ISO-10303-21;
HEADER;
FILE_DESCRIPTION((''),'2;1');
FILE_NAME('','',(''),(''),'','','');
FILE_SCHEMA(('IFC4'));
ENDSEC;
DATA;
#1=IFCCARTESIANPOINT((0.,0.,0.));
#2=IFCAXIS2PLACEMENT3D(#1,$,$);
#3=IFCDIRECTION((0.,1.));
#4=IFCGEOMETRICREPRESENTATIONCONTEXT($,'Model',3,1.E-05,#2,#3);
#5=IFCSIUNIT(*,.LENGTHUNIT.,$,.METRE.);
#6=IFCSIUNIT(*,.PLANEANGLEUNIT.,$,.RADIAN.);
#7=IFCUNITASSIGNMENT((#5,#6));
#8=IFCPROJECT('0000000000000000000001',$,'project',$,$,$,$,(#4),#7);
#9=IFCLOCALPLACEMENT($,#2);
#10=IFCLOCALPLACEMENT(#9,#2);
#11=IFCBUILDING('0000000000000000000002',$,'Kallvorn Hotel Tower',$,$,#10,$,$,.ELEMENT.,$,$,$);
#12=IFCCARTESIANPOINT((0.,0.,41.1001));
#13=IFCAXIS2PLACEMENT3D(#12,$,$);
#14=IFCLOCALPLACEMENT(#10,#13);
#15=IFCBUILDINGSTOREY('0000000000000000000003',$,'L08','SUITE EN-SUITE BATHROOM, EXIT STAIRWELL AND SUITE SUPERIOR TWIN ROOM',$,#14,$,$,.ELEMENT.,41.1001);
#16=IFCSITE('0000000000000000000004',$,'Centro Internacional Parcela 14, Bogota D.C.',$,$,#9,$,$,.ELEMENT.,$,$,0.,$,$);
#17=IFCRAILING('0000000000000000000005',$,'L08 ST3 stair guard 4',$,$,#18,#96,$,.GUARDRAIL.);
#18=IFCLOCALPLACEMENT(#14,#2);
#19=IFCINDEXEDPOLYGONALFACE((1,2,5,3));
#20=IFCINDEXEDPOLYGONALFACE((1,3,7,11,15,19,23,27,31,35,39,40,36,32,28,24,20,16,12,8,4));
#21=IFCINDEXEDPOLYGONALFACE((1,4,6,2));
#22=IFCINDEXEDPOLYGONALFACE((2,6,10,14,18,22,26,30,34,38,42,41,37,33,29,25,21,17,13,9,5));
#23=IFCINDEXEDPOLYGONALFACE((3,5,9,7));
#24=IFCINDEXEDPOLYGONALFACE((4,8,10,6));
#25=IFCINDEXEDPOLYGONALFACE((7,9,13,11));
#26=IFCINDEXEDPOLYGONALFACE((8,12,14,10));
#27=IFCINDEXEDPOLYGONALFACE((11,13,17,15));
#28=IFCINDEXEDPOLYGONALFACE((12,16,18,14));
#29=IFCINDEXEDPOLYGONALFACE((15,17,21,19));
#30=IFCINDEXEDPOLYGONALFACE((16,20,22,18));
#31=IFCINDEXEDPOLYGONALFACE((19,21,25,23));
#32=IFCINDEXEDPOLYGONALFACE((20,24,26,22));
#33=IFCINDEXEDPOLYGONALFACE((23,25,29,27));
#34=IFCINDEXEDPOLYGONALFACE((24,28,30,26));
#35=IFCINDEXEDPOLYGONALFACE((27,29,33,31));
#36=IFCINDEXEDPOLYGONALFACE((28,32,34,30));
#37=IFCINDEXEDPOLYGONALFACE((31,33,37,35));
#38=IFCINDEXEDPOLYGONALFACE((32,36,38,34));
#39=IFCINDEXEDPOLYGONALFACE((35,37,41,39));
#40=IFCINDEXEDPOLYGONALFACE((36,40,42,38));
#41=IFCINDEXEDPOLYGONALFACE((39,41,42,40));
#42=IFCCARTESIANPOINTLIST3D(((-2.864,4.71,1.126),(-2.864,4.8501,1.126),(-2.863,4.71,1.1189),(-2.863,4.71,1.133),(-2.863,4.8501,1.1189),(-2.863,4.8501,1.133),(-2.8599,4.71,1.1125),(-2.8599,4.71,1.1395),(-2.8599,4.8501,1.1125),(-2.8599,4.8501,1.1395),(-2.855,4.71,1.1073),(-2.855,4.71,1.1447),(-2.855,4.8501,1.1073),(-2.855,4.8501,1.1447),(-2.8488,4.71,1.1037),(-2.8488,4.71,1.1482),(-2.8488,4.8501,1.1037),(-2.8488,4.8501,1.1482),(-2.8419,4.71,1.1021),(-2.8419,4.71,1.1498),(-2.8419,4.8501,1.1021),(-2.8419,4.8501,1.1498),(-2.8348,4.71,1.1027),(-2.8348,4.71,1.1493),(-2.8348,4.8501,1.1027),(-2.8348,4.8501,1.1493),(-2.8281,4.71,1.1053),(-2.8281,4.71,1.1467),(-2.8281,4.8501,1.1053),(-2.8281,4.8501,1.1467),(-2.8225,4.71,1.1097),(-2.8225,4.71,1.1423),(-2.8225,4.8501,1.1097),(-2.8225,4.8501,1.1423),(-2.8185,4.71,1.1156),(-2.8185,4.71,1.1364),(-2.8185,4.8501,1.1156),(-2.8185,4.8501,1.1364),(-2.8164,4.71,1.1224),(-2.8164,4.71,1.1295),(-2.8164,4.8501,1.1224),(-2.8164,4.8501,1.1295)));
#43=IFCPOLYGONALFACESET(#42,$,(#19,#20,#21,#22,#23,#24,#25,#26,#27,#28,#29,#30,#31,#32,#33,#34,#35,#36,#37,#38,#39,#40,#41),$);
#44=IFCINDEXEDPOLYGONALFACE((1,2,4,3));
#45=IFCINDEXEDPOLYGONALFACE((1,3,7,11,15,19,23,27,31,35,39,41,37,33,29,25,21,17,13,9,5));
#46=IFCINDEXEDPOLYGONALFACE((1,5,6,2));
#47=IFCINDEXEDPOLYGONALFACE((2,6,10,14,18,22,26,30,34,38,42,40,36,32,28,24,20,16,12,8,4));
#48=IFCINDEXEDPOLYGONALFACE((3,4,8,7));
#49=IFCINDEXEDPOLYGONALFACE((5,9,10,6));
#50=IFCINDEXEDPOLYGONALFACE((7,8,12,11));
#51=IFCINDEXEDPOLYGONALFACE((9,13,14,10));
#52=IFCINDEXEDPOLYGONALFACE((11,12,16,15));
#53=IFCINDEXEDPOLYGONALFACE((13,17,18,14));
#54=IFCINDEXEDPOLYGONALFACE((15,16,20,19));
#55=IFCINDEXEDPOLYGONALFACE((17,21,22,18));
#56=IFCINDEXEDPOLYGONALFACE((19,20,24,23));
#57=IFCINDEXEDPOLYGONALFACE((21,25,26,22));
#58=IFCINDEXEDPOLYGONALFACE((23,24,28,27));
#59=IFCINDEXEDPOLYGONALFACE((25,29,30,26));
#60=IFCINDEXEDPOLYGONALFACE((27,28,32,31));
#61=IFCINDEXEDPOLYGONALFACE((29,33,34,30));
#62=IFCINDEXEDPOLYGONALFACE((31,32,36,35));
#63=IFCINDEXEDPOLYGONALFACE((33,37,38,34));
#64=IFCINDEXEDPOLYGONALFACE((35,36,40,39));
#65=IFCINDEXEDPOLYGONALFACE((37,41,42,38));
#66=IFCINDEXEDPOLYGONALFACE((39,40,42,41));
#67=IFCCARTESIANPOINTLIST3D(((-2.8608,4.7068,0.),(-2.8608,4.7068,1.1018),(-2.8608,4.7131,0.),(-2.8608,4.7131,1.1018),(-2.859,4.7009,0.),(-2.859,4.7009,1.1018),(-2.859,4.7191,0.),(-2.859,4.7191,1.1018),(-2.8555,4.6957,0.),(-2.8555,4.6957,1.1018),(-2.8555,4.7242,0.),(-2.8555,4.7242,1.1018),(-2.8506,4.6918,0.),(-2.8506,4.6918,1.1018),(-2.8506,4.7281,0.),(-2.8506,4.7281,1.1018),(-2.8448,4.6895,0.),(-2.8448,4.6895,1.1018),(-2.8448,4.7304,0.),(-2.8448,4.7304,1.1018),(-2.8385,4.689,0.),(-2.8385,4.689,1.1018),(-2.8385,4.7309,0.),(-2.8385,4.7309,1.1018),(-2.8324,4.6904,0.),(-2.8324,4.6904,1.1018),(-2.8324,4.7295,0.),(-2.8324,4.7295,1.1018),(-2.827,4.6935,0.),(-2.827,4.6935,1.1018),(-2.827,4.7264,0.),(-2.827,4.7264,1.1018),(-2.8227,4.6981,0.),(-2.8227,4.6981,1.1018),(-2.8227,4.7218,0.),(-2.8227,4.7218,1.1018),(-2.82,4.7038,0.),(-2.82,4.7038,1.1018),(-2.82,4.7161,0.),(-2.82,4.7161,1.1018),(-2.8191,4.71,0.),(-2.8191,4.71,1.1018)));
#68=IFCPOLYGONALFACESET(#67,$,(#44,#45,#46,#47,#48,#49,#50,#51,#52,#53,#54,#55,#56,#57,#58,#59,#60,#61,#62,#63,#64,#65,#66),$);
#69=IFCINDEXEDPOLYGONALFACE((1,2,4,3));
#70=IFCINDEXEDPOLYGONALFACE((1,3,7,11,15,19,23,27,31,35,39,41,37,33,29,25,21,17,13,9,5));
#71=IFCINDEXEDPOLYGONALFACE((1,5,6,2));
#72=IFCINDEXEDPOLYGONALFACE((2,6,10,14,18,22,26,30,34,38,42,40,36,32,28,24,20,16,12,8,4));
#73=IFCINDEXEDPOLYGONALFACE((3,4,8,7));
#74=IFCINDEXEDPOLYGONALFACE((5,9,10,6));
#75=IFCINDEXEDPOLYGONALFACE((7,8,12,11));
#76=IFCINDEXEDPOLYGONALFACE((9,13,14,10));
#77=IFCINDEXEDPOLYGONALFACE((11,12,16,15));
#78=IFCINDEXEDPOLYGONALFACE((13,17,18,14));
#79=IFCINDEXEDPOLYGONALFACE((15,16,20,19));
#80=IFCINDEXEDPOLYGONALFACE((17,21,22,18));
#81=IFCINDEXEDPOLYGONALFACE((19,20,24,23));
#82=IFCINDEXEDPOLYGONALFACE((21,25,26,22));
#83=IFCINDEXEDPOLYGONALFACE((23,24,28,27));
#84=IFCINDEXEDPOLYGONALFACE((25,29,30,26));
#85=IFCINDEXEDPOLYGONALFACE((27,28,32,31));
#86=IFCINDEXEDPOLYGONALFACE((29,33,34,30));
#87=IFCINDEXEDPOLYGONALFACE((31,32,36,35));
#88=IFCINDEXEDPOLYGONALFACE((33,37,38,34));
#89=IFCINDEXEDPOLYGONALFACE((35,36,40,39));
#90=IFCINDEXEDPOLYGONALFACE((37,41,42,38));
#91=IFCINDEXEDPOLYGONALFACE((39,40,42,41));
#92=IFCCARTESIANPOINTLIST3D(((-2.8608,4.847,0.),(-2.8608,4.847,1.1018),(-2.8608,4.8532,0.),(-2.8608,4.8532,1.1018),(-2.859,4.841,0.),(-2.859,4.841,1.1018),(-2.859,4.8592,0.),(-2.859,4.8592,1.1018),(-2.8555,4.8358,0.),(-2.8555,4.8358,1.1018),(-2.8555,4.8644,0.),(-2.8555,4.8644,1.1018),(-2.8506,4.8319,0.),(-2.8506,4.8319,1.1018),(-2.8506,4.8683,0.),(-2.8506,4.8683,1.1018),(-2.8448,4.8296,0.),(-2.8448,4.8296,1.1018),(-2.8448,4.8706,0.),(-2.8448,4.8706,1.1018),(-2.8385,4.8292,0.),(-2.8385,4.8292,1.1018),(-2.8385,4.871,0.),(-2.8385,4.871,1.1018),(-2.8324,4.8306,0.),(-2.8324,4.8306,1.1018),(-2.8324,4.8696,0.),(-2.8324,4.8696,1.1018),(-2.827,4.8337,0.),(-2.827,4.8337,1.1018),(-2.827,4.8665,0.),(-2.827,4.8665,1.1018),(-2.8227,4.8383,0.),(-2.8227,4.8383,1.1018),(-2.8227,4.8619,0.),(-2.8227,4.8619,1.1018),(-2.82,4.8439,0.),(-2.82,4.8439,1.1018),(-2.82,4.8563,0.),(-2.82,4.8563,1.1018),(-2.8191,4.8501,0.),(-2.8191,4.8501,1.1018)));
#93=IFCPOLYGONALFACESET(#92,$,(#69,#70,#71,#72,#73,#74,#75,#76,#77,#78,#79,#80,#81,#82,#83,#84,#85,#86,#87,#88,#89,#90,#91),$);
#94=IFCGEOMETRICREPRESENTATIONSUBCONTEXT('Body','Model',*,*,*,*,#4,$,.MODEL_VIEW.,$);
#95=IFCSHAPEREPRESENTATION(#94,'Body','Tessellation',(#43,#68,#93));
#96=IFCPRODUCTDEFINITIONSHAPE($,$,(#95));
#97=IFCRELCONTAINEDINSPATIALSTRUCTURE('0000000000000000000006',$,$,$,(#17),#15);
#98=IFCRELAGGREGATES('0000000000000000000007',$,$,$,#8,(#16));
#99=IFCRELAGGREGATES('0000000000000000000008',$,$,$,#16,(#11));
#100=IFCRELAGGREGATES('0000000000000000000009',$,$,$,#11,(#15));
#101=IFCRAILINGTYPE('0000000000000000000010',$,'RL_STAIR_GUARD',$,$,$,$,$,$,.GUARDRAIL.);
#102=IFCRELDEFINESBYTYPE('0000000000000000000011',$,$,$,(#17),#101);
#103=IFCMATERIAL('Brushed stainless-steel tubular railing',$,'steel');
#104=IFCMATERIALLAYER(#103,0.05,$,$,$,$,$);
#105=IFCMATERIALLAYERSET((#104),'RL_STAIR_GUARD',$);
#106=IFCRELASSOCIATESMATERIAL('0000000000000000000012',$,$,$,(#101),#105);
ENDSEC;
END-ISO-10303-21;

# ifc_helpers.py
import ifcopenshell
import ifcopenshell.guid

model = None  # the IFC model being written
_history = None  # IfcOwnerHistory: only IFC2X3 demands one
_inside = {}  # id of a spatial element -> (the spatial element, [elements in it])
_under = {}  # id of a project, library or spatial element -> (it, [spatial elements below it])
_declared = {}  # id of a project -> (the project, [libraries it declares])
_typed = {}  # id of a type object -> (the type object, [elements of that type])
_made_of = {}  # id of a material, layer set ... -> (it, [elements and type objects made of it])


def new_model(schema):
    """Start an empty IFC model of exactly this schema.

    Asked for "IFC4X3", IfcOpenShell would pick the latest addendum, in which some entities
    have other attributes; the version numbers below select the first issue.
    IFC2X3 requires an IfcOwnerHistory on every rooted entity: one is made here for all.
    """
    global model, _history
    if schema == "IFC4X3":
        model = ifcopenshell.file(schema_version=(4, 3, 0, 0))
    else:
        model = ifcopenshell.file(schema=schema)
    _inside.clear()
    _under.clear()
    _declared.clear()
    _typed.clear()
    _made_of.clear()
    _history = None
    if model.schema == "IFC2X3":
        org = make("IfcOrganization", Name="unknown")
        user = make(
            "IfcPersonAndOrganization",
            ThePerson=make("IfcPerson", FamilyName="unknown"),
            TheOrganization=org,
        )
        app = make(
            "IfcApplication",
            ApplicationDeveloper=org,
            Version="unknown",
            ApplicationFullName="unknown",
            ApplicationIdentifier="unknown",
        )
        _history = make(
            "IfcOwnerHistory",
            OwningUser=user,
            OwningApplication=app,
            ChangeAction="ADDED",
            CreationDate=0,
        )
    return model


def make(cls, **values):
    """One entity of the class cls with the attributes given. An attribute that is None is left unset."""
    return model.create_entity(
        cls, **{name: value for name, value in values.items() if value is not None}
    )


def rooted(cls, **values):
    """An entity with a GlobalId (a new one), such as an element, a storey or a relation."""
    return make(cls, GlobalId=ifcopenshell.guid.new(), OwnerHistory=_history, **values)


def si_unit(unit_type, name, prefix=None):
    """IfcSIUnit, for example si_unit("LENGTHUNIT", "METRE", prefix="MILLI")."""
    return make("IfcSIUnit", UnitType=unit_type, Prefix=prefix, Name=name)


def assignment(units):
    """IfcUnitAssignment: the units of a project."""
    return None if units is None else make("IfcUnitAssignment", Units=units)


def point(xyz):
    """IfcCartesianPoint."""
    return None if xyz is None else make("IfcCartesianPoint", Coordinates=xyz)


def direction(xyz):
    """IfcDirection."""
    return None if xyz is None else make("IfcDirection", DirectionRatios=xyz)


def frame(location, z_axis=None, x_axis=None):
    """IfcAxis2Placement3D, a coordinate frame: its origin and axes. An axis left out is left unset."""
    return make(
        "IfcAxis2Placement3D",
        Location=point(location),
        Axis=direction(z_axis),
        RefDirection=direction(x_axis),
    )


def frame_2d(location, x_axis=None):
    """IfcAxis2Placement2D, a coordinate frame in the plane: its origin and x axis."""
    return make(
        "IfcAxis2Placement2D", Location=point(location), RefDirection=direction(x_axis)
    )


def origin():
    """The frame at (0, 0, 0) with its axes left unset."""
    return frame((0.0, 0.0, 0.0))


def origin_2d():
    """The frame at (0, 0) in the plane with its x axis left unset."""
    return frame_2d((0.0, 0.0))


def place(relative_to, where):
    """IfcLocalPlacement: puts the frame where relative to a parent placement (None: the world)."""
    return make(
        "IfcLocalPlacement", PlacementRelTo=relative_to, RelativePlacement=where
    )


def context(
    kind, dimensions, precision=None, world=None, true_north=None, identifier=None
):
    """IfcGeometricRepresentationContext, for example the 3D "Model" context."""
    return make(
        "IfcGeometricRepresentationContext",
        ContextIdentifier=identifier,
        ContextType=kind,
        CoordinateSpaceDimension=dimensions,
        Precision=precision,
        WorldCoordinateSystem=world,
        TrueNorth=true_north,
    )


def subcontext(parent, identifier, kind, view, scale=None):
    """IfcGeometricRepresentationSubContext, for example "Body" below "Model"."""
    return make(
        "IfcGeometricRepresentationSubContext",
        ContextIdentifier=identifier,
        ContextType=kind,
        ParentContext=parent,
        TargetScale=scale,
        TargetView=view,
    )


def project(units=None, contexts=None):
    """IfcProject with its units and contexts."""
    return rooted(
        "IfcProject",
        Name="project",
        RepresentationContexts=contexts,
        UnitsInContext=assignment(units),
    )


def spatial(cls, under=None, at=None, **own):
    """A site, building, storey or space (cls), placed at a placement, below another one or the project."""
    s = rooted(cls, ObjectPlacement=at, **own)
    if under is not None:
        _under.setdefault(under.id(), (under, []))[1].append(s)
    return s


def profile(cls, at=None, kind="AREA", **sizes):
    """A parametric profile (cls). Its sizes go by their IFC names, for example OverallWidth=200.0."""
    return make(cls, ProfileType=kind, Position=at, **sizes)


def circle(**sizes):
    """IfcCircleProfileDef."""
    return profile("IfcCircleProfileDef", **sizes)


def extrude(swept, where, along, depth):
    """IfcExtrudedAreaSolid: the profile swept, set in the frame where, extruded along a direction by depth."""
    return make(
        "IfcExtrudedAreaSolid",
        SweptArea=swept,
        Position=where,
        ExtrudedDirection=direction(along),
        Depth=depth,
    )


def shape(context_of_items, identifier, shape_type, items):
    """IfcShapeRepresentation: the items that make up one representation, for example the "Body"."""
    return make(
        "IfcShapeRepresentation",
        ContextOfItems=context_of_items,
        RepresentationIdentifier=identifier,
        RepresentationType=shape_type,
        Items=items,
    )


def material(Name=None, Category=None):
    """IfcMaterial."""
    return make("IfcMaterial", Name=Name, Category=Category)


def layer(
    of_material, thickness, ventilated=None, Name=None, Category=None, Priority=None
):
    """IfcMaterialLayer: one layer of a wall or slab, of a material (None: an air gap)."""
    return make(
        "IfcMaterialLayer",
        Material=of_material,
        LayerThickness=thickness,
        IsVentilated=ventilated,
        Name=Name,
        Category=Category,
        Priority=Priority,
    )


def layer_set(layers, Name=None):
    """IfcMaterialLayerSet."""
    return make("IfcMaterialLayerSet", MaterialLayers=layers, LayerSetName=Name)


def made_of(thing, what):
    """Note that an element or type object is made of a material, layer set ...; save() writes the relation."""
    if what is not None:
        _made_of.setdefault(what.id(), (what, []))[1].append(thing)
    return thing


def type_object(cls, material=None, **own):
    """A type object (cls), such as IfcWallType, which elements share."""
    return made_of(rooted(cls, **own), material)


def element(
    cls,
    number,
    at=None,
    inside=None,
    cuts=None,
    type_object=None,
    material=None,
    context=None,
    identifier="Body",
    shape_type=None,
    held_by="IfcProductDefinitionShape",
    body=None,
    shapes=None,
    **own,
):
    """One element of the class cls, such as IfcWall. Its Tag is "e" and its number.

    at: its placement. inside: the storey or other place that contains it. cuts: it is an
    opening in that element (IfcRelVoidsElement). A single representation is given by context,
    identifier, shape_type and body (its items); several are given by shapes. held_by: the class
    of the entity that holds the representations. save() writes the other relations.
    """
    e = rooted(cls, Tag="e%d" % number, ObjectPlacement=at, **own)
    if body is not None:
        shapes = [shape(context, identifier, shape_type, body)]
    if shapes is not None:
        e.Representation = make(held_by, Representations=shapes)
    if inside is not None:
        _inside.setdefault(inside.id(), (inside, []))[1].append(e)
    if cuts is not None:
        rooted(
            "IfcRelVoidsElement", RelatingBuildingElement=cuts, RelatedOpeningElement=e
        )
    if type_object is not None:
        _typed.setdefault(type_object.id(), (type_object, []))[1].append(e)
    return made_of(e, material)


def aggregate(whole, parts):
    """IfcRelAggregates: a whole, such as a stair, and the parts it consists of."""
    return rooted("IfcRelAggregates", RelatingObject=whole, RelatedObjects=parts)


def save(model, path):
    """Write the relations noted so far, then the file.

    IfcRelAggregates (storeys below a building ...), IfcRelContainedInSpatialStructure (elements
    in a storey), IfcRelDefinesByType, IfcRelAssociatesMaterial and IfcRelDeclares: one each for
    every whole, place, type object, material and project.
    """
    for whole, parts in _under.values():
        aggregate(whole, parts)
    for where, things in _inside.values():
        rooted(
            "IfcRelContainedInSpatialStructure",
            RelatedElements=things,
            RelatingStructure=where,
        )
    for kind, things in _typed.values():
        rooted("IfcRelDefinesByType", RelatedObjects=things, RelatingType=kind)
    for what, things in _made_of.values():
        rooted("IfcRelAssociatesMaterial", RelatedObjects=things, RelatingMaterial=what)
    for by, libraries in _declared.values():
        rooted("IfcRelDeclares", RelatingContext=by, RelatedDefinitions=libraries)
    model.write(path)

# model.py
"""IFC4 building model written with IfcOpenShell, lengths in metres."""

from ifc_helpers import new_model, si_unit, direction, frame, origin, origin_2d, place, context, subcontext, project, spatial, circle, extrude, material, layer, layer_set, type_object, element, save


model = new_model("IFC4")

# Units and contexts
model_context = context("Model", 3, precision=1e-05, world=origin(), true_north=direction((0.0, 1.0)))
body_context = subcontext(model_context, "Body", "Model", "MODEL_VIEW")
ifc_project = project(units=[si_unit("LENGTHUNIT", "METRE"), si_unit("PLANEANGLEUNIT", "RADIAN")], contexts=[model_context])

# Site, building, storey
site_placement = place(None, origin())
site = spatial("IfcSite", under=ifc_project, at=site_placement, Name="Centro Internacional Parcela 14, Bogota D.C.", CompositionType="ELEMENT", RefElevation=0.0)
building_placement = place(site_placement, origin())
building = spatial("IfcBuilding", under=site, at=building_placement, Name="Kallvorn Hotel Tower", CompositionType="ELEMENT")
storey_placement = place(building_placement, frame((0.0, 0.0, 41.1001)))
storey = spatial("IfcBuildingStorey", under=building, at=storey_placement, Name="L08", Description="SUITE EN-SUITE BATHROOM, EXIT STAIRWELL AND SUITE SUPERIOR TWIN ROOM", CompositionType="ELEMENT", Elevation=41.1001)

# Railing
ifc_material_1 = material(Name="Brushed stainless-steel tubular railing", Category="steel")
ifc_layer_1 = layer(ifc_material_1, 0.05)
ifc_layer_set_1 = layer_set([ifc_layer_1], Name="RL_STAIR_GUARD")
railing_type_1 = type_object("IfcRailingType", Name="RL_STAIR_GUARD", PredefinedType="GUARDRAIL", material=ifc_layer_set_1)
railing_1_placement = place(storey_placement, frame((-2.8401, 4.71, 0.0)))
element("IfcRailing", 1, at=railing_1_placement, inside=storey, type_object=railing_type_1, Name="L08 ST3 stair guard 4", PredefinedType="GUARDRAIL", context=body_context, shape_type="SweptSolid", body=[
    extrude(circle(Radius=0.0239, at=origin_2d()), frame((0.0, 0.0, 1.126), z_axis=(0.0, 1.0, 0.0), x_axis=(-1.0, 0.0, 0.0)), (0.0, 0.0, 1.0), 0.1401),
    extrude(circle(Radius=0.021, at=origin_2d()), origin(), (0.0, 0.0, 1.0), 1.1018),
    extrude(circle(Radius=0.021, at=origin_2d()), frame((0.0, 0.1401, 0.0)), (0.0, 0.0, 1.0), 1.1018),
])

save(model, "model.ifc")
